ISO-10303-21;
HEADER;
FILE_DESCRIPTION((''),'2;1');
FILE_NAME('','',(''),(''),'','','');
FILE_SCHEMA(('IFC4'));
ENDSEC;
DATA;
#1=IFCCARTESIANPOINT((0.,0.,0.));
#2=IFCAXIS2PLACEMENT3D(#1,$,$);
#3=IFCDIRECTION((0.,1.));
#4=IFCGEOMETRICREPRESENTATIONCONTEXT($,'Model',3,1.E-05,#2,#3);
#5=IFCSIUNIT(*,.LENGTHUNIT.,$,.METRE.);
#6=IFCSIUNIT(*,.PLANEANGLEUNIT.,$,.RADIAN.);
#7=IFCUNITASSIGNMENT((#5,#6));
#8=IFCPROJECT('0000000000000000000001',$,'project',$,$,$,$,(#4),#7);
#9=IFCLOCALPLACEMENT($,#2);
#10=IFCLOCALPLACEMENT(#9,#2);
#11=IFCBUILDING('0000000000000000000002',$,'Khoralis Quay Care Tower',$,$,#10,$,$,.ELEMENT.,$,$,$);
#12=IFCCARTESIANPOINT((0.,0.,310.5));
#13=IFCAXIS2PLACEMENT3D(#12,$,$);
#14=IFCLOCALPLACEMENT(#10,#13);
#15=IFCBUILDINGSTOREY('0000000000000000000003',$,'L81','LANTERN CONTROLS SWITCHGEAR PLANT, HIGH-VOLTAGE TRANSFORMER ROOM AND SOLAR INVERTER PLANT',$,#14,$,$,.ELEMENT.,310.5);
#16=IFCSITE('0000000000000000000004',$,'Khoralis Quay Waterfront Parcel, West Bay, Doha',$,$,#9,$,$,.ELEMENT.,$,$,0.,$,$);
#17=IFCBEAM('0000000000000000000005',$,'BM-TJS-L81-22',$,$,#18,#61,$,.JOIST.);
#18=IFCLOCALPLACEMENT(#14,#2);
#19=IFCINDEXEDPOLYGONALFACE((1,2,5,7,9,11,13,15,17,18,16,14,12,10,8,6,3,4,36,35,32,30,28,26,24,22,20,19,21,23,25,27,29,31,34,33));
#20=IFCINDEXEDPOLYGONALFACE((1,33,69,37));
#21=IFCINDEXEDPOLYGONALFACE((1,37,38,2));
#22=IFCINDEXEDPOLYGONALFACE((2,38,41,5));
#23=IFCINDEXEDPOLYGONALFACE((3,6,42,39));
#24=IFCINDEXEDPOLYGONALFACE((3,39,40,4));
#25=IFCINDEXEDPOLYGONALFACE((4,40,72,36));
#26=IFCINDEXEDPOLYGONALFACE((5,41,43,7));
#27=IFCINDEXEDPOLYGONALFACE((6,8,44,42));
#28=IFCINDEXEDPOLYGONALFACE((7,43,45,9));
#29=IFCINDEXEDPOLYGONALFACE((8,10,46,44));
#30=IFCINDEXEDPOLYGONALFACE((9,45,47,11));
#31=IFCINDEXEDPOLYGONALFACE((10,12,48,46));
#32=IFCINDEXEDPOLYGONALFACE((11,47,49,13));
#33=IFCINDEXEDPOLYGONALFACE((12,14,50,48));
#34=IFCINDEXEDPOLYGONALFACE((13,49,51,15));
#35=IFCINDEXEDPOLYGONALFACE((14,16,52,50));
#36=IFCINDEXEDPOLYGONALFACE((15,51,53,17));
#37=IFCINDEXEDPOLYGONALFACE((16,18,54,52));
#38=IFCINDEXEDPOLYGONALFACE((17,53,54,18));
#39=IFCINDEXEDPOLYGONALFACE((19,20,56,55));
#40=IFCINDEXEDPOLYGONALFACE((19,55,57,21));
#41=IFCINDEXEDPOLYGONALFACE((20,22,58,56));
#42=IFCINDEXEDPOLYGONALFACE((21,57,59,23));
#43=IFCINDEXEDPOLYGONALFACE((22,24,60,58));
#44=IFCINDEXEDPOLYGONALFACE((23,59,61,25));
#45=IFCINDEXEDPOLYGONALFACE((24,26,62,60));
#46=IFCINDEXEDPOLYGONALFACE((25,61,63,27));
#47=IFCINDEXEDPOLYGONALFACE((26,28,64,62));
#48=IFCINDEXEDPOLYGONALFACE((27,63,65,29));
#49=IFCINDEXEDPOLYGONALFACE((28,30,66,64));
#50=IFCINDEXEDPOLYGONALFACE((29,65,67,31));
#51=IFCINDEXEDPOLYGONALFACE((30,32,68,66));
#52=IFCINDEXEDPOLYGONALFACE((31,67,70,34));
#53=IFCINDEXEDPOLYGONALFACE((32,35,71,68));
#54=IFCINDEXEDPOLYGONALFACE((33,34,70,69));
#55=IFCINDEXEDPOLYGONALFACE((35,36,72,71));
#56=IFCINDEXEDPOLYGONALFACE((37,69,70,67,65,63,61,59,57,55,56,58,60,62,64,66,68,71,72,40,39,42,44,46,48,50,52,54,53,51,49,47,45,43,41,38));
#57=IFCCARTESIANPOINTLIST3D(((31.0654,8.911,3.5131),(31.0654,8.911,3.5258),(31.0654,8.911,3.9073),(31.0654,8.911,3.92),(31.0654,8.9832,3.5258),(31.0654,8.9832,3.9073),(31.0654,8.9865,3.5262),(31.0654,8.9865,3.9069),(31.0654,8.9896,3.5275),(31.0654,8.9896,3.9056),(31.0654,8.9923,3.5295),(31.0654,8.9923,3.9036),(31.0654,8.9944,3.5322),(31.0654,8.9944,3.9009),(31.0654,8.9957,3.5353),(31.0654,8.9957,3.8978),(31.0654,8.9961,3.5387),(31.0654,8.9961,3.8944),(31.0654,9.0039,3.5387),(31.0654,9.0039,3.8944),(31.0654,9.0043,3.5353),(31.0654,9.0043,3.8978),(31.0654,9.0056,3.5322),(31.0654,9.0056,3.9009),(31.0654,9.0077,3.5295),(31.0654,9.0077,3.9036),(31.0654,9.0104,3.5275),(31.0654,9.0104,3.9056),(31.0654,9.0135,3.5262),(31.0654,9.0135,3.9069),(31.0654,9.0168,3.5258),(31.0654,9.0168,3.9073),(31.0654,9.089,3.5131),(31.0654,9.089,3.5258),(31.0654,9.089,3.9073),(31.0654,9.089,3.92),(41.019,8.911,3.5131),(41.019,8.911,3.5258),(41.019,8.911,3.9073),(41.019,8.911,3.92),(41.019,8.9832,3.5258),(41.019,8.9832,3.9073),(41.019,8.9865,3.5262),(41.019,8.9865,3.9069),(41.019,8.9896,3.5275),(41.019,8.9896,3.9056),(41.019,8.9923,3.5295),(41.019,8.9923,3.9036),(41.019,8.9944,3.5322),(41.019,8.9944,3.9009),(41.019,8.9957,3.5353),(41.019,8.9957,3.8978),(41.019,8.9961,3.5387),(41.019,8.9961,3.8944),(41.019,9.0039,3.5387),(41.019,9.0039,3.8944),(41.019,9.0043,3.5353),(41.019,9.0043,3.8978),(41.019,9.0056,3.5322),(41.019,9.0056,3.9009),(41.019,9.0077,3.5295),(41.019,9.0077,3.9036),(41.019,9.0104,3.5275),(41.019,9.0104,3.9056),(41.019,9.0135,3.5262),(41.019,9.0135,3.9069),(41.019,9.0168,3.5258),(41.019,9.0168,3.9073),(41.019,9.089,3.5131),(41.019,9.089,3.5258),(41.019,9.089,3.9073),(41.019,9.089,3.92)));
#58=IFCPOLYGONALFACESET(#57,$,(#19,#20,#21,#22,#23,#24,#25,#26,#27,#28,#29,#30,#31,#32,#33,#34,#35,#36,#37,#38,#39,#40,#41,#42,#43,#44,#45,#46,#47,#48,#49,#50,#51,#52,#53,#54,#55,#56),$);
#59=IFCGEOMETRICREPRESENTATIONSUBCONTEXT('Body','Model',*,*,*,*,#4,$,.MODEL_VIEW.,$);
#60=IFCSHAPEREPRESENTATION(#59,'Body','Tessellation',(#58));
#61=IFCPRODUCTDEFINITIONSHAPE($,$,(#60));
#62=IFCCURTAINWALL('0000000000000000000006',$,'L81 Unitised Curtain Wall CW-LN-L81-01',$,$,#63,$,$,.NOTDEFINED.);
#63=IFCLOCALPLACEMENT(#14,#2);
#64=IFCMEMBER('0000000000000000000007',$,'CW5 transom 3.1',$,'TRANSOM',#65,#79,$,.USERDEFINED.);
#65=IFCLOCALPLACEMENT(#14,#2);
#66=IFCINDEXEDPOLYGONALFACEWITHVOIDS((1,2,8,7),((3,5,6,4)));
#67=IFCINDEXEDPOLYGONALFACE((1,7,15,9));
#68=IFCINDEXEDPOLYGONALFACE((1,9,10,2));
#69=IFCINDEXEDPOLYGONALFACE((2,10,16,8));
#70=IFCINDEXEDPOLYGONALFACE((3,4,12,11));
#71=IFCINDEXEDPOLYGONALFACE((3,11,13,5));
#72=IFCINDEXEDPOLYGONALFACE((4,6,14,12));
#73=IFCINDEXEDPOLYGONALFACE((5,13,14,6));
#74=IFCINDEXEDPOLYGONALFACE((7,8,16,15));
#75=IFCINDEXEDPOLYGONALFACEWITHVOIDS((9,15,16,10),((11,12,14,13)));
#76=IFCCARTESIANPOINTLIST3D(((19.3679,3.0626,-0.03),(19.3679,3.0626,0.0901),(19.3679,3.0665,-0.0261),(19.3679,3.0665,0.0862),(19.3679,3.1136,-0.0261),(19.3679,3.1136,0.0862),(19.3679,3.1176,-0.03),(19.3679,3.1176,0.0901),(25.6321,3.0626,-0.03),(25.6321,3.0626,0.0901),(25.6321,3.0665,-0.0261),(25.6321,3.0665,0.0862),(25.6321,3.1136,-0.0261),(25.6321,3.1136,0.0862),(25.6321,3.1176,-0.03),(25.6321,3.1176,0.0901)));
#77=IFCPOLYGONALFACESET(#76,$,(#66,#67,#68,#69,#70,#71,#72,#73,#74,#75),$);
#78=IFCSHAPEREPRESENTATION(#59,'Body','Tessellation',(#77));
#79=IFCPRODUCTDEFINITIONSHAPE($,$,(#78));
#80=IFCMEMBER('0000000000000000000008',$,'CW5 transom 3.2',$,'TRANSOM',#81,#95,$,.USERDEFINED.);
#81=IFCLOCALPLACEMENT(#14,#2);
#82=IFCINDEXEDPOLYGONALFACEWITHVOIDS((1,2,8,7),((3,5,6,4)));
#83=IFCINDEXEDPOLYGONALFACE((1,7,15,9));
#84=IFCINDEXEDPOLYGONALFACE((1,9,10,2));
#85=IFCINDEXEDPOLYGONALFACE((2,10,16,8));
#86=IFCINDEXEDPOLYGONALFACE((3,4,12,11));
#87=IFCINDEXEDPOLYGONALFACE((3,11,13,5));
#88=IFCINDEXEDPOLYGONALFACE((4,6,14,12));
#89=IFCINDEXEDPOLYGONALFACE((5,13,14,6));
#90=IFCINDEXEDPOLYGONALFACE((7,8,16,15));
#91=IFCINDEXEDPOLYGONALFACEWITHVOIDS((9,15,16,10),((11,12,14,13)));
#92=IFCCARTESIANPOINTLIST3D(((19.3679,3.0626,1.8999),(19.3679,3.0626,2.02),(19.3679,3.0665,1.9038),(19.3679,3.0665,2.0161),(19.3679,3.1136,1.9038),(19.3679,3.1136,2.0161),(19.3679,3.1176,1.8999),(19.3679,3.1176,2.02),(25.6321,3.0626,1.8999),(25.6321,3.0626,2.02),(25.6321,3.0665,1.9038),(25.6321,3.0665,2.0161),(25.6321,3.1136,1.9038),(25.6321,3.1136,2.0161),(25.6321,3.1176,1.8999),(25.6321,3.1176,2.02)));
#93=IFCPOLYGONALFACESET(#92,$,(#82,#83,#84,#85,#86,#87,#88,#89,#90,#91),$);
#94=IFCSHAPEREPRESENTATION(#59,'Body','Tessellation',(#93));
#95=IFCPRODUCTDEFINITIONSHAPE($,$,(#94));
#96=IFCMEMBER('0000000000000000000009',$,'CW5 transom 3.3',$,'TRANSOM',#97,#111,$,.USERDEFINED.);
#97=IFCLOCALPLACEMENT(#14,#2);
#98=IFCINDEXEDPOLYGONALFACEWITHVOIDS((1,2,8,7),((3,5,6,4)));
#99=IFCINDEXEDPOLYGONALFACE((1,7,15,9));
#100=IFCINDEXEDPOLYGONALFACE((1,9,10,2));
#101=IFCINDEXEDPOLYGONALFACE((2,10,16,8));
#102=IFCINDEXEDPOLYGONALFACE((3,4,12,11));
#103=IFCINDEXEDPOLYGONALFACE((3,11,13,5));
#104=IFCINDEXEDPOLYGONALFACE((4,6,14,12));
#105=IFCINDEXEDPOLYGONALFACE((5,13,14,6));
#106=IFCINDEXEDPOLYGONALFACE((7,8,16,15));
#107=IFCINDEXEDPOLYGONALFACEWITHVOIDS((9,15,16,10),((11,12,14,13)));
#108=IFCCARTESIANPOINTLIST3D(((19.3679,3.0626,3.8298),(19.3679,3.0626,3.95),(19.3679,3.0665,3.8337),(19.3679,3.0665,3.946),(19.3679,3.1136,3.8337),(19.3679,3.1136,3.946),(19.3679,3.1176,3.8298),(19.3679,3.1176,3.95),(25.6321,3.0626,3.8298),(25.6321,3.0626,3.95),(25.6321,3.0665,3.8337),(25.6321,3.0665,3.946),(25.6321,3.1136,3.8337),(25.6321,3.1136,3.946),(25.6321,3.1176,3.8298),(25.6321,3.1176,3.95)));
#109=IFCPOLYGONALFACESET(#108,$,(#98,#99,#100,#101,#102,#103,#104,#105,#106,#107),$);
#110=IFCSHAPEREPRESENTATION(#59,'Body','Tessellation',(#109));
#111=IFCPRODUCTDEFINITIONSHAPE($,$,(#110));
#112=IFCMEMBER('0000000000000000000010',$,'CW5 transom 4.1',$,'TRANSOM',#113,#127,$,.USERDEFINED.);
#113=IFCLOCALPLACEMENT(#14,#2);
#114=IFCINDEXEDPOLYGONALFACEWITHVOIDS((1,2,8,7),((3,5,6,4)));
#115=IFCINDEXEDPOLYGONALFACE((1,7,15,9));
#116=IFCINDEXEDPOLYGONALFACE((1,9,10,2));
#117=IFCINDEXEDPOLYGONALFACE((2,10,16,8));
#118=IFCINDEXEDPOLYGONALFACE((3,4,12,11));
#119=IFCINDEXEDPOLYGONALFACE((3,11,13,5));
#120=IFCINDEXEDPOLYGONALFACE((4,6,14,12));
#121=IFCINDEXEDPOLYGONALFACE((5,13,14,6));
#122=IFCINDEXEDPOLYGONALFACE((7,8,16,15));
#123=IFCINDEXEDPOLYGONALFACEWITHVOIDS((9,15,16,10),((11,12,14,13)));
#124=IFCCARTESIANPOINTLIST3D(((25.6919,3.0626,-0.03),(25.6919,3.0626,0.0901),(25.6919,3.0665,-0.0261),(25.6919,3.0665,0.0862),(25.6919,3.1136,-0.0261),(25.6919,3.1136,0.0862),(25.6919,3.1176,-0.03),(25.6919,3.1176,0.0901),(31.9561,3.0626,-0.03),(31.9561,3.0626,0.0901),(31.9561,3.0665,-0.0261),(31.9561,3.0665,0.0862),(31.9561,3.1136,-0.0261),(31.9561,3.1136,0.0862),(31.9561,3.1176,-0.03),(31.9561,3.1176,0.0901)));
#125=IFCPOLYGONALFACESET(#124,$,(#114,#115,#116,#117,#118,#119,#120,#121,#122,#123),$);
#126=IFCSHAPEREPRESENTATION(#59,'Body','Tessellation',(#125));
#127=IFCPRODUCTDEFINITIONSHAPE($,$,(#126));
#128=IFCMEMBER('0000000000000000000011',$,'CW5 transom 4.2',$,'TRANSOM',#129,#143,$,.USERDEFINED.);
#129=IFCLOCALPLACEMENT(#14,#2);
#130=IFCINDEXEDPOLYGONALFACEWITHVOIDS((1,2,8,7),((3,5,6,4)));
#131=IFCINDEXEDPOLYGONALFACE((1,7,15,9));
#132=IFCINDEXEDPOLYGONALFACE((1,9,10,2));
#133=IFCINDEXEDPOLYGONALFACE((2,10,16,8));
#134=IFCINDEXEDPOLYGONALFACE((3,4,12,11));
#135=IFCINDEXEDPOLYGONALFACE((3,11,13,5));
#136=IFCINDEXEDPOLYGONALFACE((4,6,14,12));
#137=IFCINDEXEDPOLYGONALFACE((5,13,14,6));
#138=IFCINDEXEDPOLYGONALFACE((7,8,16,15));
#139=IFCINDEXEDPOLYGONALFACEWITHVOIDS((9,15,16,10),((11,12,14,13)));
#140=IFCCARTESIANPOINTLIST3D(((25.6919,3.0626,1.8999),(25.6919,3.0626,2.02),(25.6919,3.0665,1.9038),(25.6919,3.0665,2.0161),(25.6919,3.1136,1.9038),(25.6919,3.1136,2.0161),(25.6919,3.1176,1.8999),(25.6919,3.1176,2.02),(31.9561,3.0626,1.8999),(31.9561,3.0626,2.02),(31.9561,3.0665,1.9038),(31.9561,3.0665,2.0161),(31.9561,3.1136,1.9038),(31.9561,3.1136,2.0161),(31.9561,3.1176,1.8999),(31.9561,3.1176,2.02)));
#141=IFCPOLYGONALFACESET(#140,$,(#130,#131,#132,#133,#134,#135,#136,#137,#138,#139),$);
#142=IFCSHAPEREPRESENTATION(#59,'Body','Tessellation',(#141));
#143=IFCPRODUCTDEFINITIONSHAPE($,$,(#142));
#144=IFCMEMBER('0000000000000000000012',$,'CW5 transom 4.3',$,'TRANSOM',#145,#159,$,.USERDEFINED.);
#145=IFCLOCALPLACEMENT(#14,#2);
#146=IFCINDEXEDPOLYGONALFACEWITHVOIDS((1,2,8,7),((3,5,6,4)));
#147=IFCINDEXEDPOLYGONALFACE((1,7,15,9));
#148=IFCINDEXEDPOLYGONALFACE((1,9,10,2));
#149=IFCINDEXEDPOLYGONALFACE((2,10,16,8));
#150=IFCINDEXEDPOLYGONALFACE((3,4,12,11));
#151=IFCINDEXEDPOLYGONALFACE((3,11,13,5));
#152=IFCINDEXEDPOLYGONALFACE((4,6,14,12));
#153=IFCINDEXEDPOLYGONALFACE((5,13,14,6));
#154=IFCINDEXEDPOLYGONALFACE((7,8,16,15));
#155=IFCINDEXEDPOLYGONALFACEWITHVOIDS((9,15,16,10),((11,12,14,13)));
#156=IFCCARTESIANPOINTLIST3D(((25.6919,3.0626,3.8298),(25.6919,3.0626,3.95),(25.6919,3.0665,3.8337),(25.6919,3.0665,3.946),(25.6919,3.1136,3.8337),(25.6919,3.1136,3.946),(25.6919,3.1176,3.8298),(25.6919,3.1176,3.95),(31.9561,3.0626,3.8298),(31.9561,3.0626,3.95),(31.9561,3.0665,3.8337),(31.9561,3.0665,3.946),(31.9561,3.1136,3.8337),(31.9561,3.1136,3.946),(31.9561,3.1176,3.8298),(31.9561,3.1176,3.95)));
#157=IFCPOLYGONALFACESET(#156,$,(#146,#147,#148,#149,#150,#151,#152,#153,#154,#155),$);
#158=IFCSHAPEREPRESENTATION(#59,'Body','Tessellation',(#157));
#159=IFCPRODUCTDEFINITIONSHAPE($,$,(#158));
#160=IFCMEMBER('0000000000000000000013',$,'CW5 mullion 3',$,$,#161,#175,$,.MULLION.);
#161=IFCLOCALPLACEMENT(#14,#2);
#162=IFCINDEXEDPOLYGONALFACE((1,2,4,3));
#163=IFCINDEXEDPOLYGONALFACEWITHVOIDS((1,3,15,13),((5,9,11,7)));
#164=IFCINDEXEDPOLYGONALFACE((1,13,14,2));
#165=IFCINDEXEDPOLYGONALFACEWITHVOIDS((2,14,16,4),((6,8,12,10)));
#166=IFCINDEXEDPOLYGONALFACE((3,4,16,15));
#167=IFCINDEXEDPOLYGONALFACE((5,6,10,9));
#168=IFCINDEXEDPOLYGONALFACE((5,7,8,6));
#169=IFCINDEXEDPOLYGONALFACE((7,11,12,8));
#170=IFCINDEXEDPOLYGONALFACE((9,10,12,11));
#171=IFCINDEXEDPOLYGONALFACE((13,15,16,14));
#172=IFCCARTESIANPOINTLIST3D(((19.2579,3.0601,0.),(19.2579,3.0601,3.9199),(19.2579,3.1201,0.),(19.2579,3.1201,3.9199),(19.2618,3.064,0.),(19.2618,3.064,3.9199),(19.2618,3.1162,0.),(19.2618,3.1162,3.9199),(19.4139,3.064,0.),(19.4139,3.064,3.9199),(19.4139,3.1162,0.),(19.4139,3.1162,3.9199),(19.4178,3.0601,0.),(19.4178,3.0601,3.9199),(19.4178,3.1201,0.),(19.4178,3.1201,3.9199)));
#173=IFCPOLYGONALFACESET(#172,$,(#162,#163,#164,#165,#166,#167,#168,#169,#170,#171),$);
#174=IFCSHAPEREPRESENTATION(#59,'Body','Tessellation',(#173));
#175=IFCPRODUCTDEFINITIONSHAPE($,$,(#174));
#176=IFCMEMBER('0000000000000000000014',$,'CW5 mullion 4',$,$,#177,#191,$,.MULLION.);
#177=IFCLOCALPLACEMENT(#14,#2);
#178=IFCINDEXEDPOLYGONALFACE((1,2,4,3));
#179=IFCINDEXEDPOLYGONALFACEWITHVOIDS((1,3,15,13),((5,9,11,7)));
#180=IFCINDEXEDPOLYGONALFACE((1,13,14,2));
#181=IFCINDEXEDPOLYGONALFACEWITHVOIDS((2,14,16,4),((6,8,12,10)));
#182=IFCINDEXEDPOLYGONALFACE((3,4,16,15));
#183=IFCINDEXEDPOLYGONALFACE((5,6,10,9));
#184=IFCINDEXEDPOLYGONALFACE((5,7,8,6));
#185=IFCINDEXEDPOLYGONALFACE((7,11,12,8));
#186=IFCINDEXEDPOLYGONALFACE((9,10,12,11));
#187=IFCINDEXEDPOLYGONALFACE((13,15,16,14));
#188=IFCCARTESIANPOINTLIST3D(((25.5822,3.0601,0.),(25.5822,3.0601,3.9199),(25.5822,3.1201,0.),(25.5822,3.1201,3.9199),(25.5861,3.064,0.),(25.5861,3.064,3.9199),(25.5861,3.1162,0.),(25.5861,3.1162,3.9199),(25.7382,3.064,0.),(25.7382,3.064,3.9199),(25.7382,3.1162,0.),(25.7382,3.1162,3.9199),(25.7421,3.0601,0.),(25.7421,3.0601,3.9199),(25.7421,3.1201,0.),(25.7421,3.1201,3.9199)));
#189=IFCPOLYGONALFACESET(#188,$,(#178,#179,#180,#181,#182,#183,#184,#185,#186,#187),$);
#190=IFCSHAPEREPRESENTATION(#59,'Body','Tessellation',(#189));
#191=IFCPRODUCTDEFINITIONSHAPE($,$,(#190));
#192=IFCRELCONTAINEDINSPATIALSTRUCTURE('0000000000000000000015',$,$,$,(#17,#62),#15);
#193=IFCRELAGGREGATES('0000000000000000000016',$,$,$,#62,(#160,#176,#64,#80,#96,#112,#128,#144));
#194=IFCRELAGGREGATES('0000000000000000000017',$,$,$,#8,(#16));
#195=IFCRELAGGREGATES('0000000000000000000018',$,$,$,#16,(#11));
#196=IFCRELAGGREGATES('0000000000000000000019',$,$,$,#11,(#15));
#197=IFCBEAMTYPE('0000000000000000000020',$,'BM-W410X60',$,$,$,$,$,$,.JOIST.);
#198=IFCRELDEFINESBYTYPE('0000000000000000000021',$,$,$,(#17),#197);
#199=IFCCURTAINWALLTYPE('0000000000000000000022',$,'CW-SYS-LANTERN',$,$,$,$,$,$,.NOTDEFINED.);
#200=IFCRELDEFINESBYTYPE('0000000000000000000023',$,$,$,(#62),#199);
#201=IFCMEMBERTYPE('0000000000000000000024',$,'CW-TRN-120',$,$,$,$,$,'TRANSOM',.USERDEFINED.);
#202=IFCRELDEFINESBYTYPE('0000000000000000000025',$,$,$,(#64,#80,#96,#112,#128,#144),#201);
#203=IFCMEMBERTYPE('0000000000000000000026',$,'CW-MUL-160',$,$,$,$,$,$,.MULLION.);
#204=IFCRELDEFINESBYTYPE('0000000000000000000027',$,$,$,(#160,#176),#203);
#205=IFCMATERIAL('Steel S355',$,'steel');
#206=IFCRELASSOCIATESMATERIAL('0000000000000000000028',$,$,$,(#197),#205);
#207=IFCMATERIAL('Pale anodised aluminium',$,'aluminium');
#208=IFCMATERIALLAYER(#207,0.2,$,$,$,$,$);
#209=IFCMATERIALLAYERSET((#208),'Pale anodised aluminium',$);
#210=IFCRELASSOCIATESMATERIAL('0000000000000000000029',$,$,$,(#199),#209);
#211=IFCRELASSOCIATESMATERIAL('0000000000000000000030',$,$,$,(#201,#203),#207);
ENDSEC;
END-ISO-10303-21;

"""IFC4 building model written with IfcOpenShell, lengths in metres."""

from ifc_helpers import new_model, si_unit, direction, frame, origin, origin_2d, place, context, subcontext, project, spatial, hollow_rectangle, i_section, extrude, source, transform, mapped, material, layer, layer_set, material_profile, profile_set, type_object, element, aggregate, save


model = new_model("IFC4")

# Units and contexts
model_context = context("Model", 3, precision=1e-05, world=origin(), true_north=direction((0.0, 1.0)))
body_context = subcontext(model_context, "Body", "Model", "MODEL_VIEW")
ifc_project = project(units=[si_unit("LENGTHUNIT", "METRE"), si_unit("PLANEANGLEUNIT", "RADIAN")], contexts=[model_context])

# Site, building, storey
site_placement = place(None, origin())
site = spatial("IfcSite", under=ifc_project, at=site_placement, Name="Khoralis Quay Waterfront Parcel, West Bay, Doha", CompositionType="ELEMENT", RefElevation=0.0)
building_placement = place(site_placement, origin())
building = spatial("IfcBuilding", under=site, at=building_placement, Name="Khoralis Quay Care Tower", CompositionType="ELEMENT")
storey_placement = place(building_placement, frame((0.0, 0.0, 310.5)))
storey = spatial("IfcBuildingStorey", under=building, at=storey_placement, Name="L81", Description="LANTERN CONTROLS SWITCHGEAR PLANT, HIGH-VOLTAGE TRANSFORMER ROOM AND SOLAR INVERTER PLANT", CompositionType="ELEMENT", Elevation=310.5)

# Beam
ifc_material_1 = material(Name="Steel S355", Category="steel")
ifc_material_profile_1 = material_profile(ifc_material_1, i_section(OverallWidth=0.178, OverallDepth=0.407, WebThickness=0.0078, FlangeThickness=0.0127, FilletRadius=0.0129, at=origin_2d()), Name="Steel S355")
ifc_profile_set_1 = profile_set([ifc_material_profile_1], Name="Steel S355")
beam_type_1 = type_object("IfcBeamType", Name="BM-W410X60", PredefinedType="JOIST", material=ifc_profile_set_1)
shared_shape_1 = source(origin(), body_context, "Body", "SweptSolid", [
    extrude(i_section(OverallWidth=0.178, OverallDepth=0.407, WebThickness=0.0078, FlangeThickness=0.0127, FilletRadius=0.0129, at=origin_2d()), origin(), (0.0, 0.0, 1.0), 9.9536),
])
beam_1_placement = place(storey_placement, frame((31.0654, 9.0, 3.7166), z_axis=(1.0, 0.0, 0.0), x_axis=(0.0, 1.0, 0.0)))
element("IfcBeam", 1, at=beam_1_placement, inside=storey, type_object=beam_type_1, Name="BM-TJS-L81-22", PredefinedType="JOIST", context=body_context, shape_type="MappedRepresentation", body=[
    mapped(shared_shape_1, transform((0.0, 0.0, 0.0), scale=1.0)),
])

# Curtain wall, members
ifc_material_2 = material(Name="Pale anodised aluminium", Category="aluminium")
ifc_layer_1 = layer(ifc_material_2, 0.2)
ifc_layer_set_1 = layer_set([ifc_layer_1], Name="Pale anodised aluminium")
curtain_wall_type = type_object("IfcCurtainWallType", Name="CW-SYS-LANTERN", PredefinedType="NOTDEFINED", material=ifc_layer_set_1)
curtain_wall_placement = place(storey_placement, origin())
curtain_wall = element("IfcCurtainWall", 2, at=curtain_wall_placement, inside=storey, type_object=curtain_wall_type, Name="L81 Unitised Curtain Wall CW-LN-L81-01", PredefinedType="NOTDEFINED")
ifc_material_profile_2 = material_profile(ifc_material_2, hollow_rectangle(XDim=0.0549, YDim=0.1201, WallThickness=0.0039, at=origin_2d()), Name="Pale anodised aluminium")
ifc_profile_set_2 = profile_set([ifc_material_profile_2], Name="Pale anodised aluminium")
member_type_1 = type_object("IfcMemberType", Name="CW-TRN-120", ElementType="TRANSOM", PredefinedType="USERDEFINED", material=ifc_profile_set_2)
shared_shape_2 = source(origin(), body_context, "Body", "SweptSolid", [
    extrude(hollow_rectangle(XDim=0.0549, YDim=0.1201, WallThickness=0.0039, at=origin_2d()), origin(), (0.0, 0.0, 1.0), 6.2642),
])
member_1_placement = place(storey_placement, frame((19.3679, 3.0901, 0.03), z_axis=(1.0, 0.0, 0.0), x_axis=(0.0, 1.0, 0.0)))
member_1 = element("IfcMember", 3, at=member_1_placement, type_object=member_type_1, Name="CW5 transom 3.1", ObjectType="TRANSOM", PredefinedType="USERDEFINED", context=body_context, shape_type="MappedRepresentation", body=[
    mapped(shared_shape_2, transform((0.0, 0.0, 0.0), scale=1.0)),
])
member_2_placement = place(storey_placement, frame((19.3679, 3.0901, 1.96), z_axis=(1.0, 0.0, 0.0), x_axis=(0.0, 1.0, 0.0)))
member_2 = element("IfcMember", 4, at=member_2_placement, type_object=member_type_1, Name="CW5 transom 3.2", ObjectType="TRANSOM", PredefinedType="USERDEFINED", context=body_context, shape_type="MappedRepresentation", body=[
    mapped(shared_shape_2, transform((0.0, 0.0, 0.0), scale=1.0)),
])
member_3_placement = place(storey_placement, frame((19.3679, 3.0901, 3.8899), z_axis=(1.0, 0.0, 0.0), x_axis=(0.0, 1.0, 0.0)))
member_3 = element("IfcMember", 5, at=member_3_placement, type_object=member_type_1, Name="CW5 transom 3.3", ObjectType="TRANSOM", PredefinedType="USERDEFINED", context=body_context, shape_type="MappedRepresentation", body=[
    mapped(shared_shape_2, transform((0.0, 0.0, 0.0), scale=1.0)),
])
member_4_placement = place(storey_placement, frame((25.6919, 3.0901, 0.03), z_axis=(1.0, 0.0, 0.0), x_axis=(0.0, 1.0, 0.0)))
member_4 = element("IfcMember", 6, at=member_4_placement, type_object=member_type_1, Name="CW5 transom 4.1", ObjectType="TRANSOM", PredefinedType="USERDEFINED", context=body_context, shape_type="MappedRepresentation", body=[
    mapped(shared_shape_2, transform((0.0, 0.0, 0.0), scale=1.0)),
])
member_5_placement = place(storey_placement, frame((25.6919, 3.0901, 1.96), z_axis=(1.0, 0.0, 0.0), x_axis=(0.0, 1.0, 0.0)))
member_5 = element("IfcMember", 7, at=member_5_placement, type_object=member_type_1, Name="CW5 transom 4.2", ObjectType="TRANSOM", PredefinedType="USERDEFINED", context=body_context, shape_type="MappedRepresentation", body=[
    mapped(shared_shape_2, transform((0.0, 0.0, 0.0), scale=1.0)),
])
member_6_placement = place(storey_placement, frame((25.6919, 3.0901, 3.8899), z_axis=(1.0, 0.0, 0.0), x_axis=(0.0, 1.0, 0.0)))
member_6 = element("IfcMember", 8, at=member_6_placement, type_object=member_type_1, Name="CW5 transom 4.3", ObjectType="TRANSOM", PredefinedType="USERDEFINED", context=body_context, shape_type="MappedRepresentation", body=[
    mapped(shared_shape_2, transform((0.0, 0.0, 0.0), scale=1.0)),
])
ifc_material_profile_3 = material_profile(ifc_material_2, hollow_rectangle(XDim=0.0601, YDim=0.1599, WallThickness=0.0039, at=origin_2d()), Name="Pale anodised aluminium")
ifc_profile_set_3 = profile_set([ifc_material_profile_3], Name="Pale anodised aluminium")
member_type_2 = type_object("IfcMemberType", Name="CW-MUL-160", PredefinedType="MULLION", material=ifc_profile_set_3)
shared_shape_3 = source(origin(), body_context, "Body", "SweptSolid", [
    extrude(hollow_rectangle(XDim=0.0601, YDim=0.1599, WallThickness=0.0039, at=origin_2d()), origin(), (0.0, 0.0, 1.0), 3.9199),
])
member_7_placement = place(storey_placement, frame((19.3379, 3.0901, 0.0), z_axis=(0.0, 0.0, 1.0), x_axis=(0.0, 1.0, 0.0)))
member_7 = element("IfcMember", 9, at=member_7_placement, type_object=member_type_2, Name="CW5 mullion 3", PredefinedType="MULLION", context=body_context, shape_type="MappedRepresentation", body=[
    mapped(shared_shape_3, transform((0.0, 0.0, 0.0), scale=1.0)),
])
member_8_placement = place(storey_placement, frame((25.6621, 3.0901, 0.0), z_axis=(0.0, 0.0, 1.0), x_axis=(0.0, 1.0, 0.0)))
member_8 = element("IfcMember", 10, at=member_8_placement, type_object=member_type_2, Name="CW5 mullion 4", PredefinedType="MULLION", context=body_context, shape_type="MappedRepresentation", body=[
    mapped(shared_shape_3, transform((0.0, 0.0, 0.0), scale=1.0)),
])
aggregate(curtain_wall, [member_7, member_8, member_1, member_2, member_3, member_4, member_5, member_6])

save(model, "model.ifc")
